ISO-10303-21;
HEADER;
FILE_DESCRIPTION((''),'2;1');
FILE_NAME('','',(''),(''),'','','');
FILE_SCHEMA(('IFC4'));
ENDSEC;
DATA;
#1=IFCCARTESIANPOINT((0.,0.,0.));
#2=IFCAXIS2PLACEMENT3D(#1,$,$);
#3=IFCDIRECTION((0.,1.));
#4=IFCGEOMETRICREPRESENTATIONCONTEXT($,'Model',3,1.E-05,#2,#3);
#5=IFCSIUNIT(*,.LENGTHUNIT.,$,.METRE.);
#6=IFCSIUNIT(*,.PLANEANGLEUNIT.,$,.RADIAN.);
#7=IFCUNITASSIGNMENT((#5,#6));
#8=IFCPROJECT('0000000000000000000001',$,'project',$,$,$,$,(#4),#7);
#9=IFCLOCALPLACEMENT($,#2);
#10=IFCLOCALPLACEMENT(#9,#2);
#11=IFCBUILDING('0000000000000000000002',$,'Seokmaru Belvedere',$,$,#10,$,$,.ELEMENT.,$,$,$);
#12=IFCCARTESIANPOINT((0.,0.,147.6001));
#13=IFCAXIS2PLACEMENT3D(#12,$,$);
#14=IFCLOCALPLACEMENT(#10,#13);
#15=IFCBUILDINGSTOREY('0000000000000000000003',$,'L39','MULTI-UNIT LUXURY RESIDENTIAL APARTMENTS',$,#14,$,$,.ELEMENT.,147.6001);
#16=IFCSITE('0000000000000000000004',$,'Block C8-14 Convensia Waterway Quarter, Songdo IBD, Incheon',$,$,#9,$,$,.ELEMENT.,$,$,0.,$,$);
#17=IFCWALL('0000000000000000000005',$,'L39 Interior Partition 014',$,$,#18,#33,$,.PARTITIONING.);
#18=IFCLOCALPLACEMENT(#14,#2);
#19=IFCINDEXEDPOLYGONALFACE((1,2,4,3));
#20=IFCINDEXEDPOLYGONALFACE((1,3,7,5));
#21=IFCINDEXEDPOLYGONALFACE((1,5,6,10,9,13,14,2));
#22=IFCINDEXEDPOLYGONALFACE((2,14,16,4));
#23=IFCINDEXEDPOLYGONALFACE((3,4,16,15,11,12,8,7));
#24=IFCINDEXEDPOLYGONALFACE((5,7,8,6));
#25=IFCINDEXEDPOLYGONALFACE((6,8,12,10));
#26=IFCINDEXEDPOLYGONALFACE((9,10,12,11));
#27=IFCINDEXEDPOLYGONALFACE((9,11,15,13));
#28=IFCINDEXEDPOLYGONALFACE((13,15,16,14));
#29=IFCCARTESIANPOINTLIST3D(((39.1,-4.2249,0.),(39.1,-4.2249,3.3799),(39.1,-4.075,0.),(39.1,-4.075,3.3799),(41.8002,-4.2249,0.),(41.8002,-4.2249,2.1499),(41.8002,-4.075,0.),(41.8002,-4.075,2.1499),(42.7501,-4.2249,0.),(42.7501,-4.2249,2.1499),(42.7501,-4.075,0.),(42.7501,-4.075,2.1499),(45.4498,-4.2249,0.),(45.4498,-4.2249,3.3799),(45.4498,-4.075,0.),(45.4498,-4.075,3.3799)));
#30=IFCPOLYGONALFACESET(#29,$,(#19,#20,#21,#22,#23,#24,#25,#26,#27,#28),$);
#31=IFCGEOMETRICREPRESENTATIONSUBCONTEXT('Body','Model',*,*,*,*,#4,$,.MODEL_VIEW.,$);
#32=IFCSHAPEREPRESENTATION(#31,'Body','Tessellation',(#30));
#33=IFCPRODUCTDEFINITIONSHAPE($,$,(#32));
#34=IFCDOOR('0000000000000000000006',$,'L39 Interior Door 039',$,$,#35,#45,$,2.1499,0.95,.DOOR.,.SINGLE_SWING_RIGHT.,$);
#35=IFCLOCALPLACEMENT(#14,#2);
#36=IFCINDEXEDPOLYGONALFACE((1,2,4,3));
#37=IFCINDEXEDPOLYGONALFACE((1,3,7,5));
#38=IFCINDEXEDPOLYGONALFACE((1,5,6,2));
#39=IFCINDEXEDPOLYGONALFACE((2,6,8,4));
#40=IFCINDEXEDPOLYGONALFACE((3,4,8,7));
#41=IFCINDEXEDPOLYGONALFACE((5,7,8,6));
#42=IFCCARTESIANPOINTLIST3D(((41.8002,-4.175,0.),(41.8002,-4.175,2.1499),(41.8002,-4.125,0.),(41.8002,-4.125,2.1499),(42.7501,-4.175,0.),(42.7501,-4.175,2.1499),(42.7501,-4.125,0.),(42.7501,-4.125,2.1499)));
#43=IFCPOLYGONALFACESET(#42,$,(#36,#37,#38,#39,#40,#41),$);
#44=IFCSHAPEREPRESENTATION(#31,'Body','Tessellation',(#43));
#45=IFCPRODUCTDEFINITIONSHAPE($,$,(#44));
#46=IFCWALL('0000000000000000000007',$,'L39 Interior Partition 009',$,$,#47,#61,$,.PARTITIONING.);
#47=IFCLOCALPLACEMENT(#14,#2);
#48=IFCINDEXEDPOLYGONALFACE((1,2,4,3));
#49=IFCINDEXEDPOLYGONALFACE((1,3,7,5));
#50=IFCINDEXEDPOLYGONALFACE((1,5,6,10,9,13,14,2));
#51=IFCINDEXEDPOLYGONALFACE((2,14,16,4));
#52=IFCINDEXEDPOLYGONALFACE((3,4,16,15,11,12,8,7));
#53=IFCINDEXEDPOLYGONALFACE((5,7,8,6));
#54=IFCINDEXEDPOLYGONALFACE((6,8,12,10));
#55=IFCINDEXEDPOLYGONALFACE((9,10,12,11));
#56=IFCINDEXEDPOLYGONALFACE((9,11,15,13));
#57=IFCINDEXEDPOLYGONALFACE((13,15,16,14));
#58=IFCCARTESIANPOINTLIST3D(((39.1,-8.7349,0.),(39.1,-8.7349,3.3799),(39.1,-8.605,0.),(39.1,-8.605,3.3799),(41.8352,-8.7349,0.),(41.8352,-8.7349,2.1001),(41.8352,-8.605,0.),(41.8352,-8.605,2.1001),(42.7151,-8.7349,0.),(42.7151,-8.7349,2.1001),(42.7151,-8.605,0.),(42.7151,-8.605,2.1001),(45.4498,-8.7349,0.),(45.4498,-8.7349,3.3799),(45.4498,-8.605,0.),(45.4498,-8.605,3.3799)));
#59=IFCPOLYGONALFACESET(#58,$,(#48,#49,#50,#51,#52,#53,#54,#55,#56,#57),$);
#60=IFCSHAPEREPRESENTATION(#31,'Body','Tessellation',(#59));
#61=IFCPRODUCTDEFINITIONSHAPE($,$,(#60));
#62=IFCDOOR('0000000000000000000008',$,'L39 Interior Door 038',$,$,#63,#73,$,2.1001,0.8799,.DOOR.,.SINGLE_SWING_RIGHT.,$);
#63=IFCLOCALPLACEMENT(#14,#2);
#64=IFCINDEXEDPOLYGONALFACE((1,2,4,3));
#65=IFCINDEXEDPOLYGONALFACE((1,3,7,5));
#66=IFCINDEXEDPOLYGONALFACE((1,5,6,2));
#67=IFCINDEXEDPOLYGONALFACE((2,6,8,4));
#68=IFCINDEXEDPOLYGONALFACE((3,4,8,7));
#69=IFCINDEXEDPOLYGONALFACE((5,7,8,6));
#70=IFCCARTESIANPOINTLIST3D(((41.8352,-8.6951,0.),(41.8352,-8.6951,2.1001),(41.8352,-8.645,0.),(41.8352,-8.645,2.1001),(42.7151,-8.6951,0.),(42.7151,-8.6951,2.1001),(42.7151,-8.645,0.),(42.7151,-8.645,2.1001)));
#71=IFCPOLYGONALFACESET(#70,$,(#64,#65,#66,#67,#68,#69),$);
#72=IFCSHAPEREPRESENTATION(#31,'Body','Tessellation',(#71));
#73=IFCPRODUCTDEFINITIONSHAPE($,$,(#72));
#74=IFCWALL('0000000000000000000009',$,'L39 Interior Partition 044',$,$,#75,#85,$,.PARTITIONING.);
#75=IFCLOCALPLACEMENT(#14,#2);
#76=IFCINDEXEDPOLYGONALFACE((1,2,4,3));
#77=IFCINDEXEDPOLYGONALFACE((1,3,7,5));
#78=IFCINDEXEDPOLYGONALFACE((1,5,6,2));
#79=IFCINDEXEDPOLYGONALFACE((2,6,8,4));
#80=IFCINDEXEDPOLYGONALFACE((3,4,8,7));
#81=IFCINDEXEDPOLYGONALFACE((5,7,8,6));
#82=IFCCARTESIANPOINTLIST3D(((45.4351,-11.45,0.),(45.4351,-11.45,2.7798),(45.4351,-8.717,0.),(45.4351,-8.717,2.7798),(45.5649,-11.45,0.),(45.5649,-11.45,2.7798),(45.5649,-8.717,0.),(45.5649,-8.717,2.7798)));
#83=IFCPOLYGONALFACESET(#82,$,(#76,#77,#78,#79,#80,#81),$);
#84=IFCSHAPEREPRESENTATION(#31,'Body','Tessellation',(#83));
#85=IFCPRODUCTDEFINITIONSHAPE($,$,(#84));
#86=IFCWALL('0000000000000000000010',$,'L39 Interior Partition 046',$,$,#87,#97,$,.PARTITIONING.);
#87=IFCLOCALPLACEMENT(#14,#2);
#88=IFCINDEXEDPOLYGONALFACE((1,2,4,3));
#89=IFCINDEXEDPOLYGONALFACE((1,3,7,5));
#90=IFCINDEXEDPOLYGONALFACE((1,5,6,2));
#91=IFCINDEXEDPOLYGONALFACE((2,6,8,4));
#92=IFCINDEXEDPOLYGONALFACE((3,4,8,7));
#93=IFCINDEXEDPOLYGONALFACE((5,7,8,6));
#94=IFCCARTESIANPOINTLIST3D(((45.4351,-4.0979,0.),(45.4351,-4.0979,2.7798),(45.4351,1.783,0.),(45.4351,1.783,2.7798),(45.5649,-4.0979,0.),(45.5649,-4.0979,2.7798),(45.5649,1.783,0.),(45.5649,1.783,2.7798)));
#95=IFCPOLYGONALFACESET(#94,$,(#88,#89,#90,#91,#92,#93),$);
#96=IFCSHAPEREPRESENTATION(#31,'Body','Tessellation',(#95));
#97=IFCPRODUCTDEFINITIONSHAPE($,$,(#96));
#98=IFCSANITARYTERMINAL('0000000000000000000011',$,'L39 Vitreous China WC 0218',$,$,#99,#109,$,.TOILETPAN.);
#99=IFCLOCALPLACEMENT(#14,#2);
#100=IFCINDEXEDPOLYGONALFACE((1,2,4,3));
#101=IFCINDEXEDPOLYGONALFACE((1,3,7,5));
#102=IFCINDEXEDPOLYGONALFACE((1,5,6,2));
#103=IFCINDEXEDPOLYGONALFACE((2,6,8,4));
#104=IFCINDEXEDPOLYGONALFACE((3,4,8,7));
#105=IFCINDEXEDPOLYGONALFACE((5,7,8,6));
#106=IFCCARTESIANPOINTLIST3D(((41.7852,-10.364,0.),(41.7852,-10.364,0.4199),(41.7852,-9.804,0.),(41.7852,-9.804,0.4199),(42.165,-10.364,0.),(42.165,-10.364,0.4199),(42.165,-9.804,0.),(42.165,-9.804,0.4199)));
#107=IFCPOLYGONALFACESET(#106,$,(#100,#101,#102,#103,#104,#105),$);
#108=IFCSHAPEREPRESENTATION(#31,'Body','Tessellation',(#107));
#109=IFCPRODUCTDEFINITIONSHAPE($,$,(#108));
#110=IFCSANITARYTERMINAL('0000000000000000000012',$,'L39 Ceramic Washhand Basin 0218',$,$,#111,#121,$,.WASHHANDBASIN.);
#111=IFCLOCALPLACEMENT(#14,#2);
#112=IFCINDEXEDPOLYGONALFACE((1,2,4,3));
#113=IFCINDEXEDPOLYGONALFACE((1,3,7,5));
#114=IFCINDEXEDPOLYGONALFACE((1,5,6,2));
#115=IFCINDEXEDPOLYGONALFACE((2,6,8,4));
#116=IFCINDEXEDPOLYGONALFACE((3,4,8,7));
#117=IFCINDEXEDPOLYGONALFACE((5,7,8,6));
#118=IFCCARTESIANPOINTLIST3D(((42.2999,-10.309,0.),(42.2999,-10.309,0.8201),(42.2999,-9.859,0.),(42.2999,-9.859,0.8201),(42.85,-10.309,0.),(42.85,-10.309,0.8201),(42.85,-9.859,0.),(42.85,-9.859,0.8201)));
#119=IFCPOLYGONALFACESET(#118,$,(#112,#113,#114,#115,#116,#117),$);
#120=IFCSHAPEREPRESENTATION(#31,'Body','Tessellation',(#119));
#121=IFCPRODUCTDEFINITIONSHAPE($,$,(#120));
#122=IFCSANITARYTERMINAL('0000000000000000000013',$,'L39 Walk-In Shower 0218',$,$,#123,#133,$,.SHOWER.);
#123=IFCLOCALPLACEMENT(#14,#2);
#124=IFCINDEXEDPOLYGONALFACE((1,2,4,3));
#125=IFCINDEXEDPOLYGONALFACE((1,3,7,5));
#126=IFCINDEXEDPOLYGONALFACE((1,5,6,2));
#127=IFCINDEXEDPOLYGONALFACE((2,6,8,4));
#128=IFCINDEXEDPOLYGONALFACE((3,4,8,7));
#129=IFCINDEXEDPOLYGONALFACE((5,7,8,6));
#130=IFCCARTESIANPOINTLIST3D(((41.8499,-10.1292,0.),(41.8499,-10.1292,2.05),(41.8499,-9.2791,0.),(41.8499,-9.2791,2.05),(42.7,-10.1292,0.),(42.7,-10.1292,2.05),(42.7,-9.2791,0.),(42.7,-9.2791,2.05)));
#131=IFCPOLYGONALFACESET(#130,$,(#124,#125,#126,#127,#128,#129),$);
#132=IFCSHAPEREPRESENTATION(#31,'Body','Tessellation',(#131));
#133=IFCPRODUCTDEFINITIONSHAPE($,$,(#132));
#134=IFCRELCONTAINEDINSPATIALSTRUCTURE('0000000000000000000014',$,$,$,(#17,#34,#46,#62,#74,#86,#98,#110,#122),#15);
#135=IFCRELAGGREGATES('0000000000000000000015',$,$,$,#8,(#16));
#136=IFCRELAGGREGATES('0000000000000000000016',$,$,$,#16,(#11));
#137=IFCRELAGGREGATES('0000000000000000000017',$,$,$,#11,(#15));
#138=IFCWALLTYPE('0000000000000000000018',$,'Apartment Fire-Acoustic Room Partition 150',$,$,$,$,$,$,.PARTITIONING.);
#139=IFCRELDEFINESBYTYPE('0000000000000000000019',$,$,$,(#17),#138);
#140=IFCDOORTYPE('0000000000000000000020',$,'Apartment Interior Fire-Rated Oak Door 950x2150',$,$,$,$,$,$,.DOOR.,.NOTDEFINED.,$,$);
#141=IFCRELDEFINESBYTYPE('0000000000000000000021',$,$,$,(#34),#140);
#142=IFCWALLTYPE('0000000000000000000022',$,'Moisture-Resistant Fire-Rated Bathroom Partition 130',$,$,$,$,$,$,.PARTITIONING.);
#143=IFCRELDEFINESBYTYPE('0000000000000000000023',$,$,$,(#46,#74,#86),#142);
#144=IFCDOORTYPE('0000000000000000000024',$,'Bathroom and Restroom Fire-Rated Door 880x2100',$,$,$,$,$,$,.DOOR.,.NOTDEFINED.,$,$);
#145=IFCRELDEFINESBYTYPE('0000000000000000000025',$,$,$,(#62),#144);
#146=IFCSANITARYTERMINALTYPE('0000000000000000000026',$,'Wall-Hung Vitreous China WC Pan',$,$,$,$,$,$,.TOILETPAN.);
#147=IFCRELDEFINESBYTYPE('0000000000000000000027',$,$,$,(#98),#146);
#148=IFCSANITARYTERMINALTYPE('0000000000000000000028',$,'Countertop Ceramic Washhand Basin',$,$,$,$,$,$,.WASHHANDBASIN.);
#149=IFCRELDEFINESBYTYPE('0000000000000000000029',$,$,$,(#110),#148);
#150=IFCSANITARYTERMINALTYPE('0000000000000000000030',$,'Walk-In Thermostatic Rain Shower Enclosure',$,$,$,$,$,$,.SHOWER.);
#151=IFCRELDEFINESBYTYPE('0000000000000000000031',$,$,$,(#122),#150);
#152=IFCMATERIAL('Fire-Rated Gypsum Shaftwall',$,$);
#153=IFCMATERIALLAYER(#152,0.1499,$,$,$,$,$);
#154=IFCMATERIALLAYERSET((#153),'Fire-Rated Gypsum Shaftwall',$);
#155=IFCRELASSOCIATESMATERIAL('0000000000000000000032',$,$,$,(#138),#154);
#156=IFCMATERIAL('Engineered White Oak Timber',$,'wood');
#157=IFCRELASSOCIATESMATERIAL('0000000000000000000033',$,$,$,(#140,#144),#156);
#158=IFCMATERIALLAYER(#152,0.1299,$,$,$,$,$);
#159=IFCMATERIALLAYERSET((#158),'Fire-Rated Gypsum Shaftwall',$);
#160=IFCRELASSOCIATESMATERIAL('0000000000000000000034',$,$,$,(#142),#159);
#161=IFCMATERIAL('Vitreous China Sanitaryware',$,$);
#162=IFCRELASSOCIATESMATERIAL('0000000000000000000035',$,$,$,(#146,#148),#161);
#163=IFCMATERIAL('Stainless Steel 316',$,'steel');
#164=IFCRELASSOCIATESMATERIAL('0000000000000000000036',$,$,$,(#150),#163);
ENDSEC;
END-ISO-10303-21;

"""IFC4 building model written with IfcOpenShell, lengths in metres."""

from ifc_helpers import new_model, si_unit, direction, frame, frame_2d, origin, origin_2d, place, context, subcontext, project, spatial, rectangle, extrude, source, transform, mapped, material, layer, layer_set, type_object, type_shapes, element, fill, save


model = new_model("IFC4")

# Units and contexts
model_context = context("Model", 3, precision=1e-05, world=origin(), true_north=direction((0.0, 1.0)))
body_context = subcontext(model_context, "Body", "Model", "MODEL_VIEW")
ifc_project = project(units=[si_unit("LENGTHUNIT", "METRE"), si_unit("PLANEANGLEUNIT", "RADIAN")], contexts=[model_context])

# Site, building, storey
site_placement = place(None, origin())
site = spatial("IfcSite", under=ifc_project, at=site_placement, Name="Block C8-14 Convensia Waterway Quarter, Songdo IBD, Incheon", CompositionType="ELEMENT", RefElevation=0.0)
building_placement = place(site_placement, origin())
building = spatial("IfcBuilding", under=site, at=building_placement, Name="Seokmaru Belvedere", CompositionType="ELEMENT")
storey_placement = place(building_placement, frame((0.0, 0.0, 147.6001)))
storey = spatial("IfcBuildingStorey", under=building, at=storey_placement, Name="L39", Description="MULTI-UNIT LUXURY RESIDENTIAL APARTMENTS", CompositionType="ELEMENT", Elevation=147.6001)

# Walls, openings, doors
ifc_material_1 = material(Name="Fire-Rated Gypsum Shaftwall")
ifc_layer_1 = layer(ifc_material_1, 0.1499)
ifc_layer_set_1 = layer_set([ifc_layer_1], Name="Fire-Rated Gypsum Shaftwall")
wall_type_1 = type_object("IfcWallType", Name="Apartment Fire-Acoustic Room Partition 150", PredefinedType="PARTITIONING", material=ifc_layer_set_1)
ifc_material_2 = material(Name="Engineered White Oak Timber", Category="wood")
door_type_1 = type_object("IfcDoorType", Name="Apartment Interior Fire-Rated Oak Door 950x2150", OperationType="NOTDEFINED", PredefinedType="DOOR", material=ifc_material_2)
shared_shape_1 = source(origin(), body_context, "Body", "SweptSolid", [
    extrude(rectangle(XDim=0.95, YDim=2.1499, at=frame_2d((0.4751, 1.075))), frame((0.0, 0.0249, 0.0), z_axis=(0.0, -1.0, 0.0), x_axis=(1.0, 0.0, 0.0)), (0.0, 0.0, 1.0), 0.05),
])
type_shapes(door_type_1, [shared_shape_1])
wall_1_placement = place(storey_placement, frame((39.1001, -4.1499, 0.0), z_axis=(0.0, 0.0, 1.0), x_axis=(1.0, 0.0, 0.0)))
wall_1 = element("IfcWall", 1, at=wall_1_placement, inside=storey, type_object=wall_type_1, Name="L39 Interior Partition 014", PredefinedType="PARTITIONING", context=body_context, shape_type="SweptSolid", body=[
    extrude(rectangle(XDim=6.3499, YDim=0.1499, at=frame_2d((3.1748, 0.0))), origin(), (0.0, 0.0, 1.0), 3.3799),
])
opening_1_placement = place(wall_1_placement, frame((2.7, 0.0, 0.0)))
opening_1 = element("IfcOpeningElement", 2, at=opening_1_placement, cuts=wall_1, PredefinedType="OPENING", context=body_context, shape_type="SweptSolid", body=[
    extrude(rectangle(XDim=0.95, YDim=2.1499, at=frame_2d((0.4751, 1.075))), frame((0.0, 0.085, 0.0), z_axis=(0.0, -1.0, 0.0), x_axis=(1.0, 0.0, 0.0)), (0.0, 0.0, 1.0), 0.1699),
])
door_1_placement = place(opening_1_placement, origin())
door_1 = element("IfcDoor", 3, at=door_1_placement, inside=storey, type_object=door_type_1, Name="L39 Interior Door 039", OperationType="SINGLE_SWING_RIGHT", OverallHeight=2.1499, OverallWidth=0.95, PredefinedType="DOOR", context=body_context, shape_type="MappedRepresentation", body=[
    mapped(shared_shape_1, transform((0.0, 0.0, 0.0), scale=1.0)),
])
fill(opening_1, door_1)
ifc_layer_2 = layer(ifc_material_1, 0.1299)
ifc_layer_set_2 = layer_set([ifc_layer_2], Name="Fire-Rated Gypsum Shaftwall")
wall_type_2 = type_object("IfcWallType", Name="Moisture-Resistant Fire-Rated Bathroom Partition 130", PredefinedType="PARTITIONING", material=ifc_layer_set_2)
wall_2_placement = place(storey_placement, frame((39.1001, -8.6699, 0.0), z_axis=(0.0, 0.0, 1.0), x_axis=(1.0, 0.0, 0.0)))
wall_2 = element("IfcWall", 4, at=wall_2_placement, inside=storey, type_object=wall_type_2, Name="L39 Interior Partition 009", PredefinedType="PARTITIONING", context=body_context, shape_type="SweptSolid", body=[
    extrude(rectangle(XDim=6.3499, YDim=0.1299, at=frame_2d((3.1748, 0.0))), origin(), (0.0, 0.0, 1.0), 3.3799),
])
opening_2_placement = place(wall_2_placement, frame((2.7351, 0.0, 0.0)))
opening_2 = element("IfcOpeningElement", 5, at=opening_2_placement, cuts=wall_2, PredefinedType="OPENING", context=body_context, shape_type="SweptSolid", body=[
    extrude(rectangle(XDim=0.8799, YDim=2.1001, at=frame_2d((0.4399, 1.05))), frame((0.0, 0.075, 0.0), z_axis=(0.0, -1.0, 0.0), x_axis=(1.0, 0.0, 0.0)), (0.0, 0.0, 1.0), 0.1499),
])
door_type_2 = type_object("IfcDoorType", Name="Bathroom and Restroom Fire-Rated Door 880x2100", OperationType="NOTDEFINED", PredefinedType="DOOR", material=ifc_material_2)
shared_shape_2 = source(origin(), body_context, "Body", "SweptSolid", [
    extrude(rectangle(XDim=0.8799, YDim=2.1001, at=frame_2d((0.4399, 1.05))), frame((0.0, 0.0249, 0.0), z_axis=(0.0, -1.0, 0.0), x_axis=(1.0, 0.0, 0.0)), (0.0, 0.0, 1.0), 0.05),
])
type_shapes(door_type_2, [shared_shape_2])
door_2_placement = place(opening_2_placement, origin())
door_2 = element("IfcDoor", 6, at=door_2_placement, inside=storey, type_object=door_type_2, Name="L39 Interior Door 038", OperationType="SINGLE_SWING_RIGHT", OverallHeight=2.1001, OverallWidth=0.8799, PredefinedType="DOOR", context=body_context, shape_type="MappedRepresentation", body=[
    mapped(shared_shape_2, transform((0.0, 0.0, 0.0), scale=1.0)),
])
fill(opening_2, door_2)

# Walls
wall_3_placement = place(storey_placement, frame((45.5, -11.45, 0.0), z_axis=(0.0, 0.0, 1.0), x_axis=(0.0, 1.0, 0.0)))
element("IfcWall", 7, at=wall_3_placement, inside=storey, type_object=wall_type_2, Name="L39 Interior Partition 044", PredefinedType="PARTITIONING", context=body_context, shape_type="SweptSolid", body=[
    extrude(rectangle(XDim=2.7329, YDim=0.1299, at=frame_2d((1.3665, 0.0))), origin(), (0.0, 0.0, 1.0), 2.7798),
])
wall_4_placement = place(storey_placement, frame((45.5, -4.0979, 0.0), z_axis=(0.0, 0.0, 1.0), x_axis=(0.0, 1.0, 0.0)))
element("IfcWall", 8, at=wall_4_placement, inside=storey, type_object=wall_type_2, Name="L39 Interior Partition 046", PredefinedType="PARTITIONING", context=body_context, shape_type="SweptSolid", body=[
    extrude(rectangle(XDim=5.8809, YDim=0.1299, at=frame_2d((2.9404, 0.0))), origin(), (0.0, 0.0, 1.0), 2.7798),
])

# Sanitary terminals
ifc_material_3 = material(Name="Vitreous China Sanitaryware")
sanitary_terminal_type_1 = type_object("IfcSanitaryTerminalType", Name="Wall-Hung Vitreous China WC Pan", PredefinedType="TOILETPAN", material=ifc_material_3)
shared_shape_3 = source(origin(), body_context, "Body", "SweptSolid", [
    extrude(rectangle(XDim=0.3799, YDim=0.5601, at=origin_2d()), origin(), (0.0, 0.0, 1.0), 0.4199),
])
type_shapes(sanitary_terminal_type_1, [shared_shape_3])
sanitary_terminal_1_placement = place(storey_placement, frame((41.9751, -10.084, 0.0), z_axis=(0.0, 0.0, 1.0), x_axis=(1.0, 0.0, 0.0)))
element("IfcSanitaryTerminal", 9, at=sanitary_terminal_1_placement, inside=storey, type_object=sanitary_terminal_type_1, Name="L39 Vitreous China WC 0218", PredefinedType="TOILETPAN", context=body_context, shape_type="MappedRepresentation", body=[
    mapped(shared_shape_3, transform((0.0, 0.0, 0.0), scale=1.0)),
])
sanitary_terminal_type_2 = type_object("IfcSanitaryTerminalType", Name="Countertop Ceramic Washhand Basin", PredefinedType="WASHHANDBASIN", material=ifc_material_3)
shared_shape_4 = source(origin(), body_context, "Body", "SweptSolid", [
    extrude(rectangle(XDim=0.55, YDim=0.45, at=origin_2d()), origin(), (0.0, 0.0, 1.0), 0.8201),
])
type_shapes(sanitary_terminal_type_2, [shared_shape_4])
sanitary_terminal_2_placement = place(storey_placement, frame((42.575, -10.084, 0.0), z_axis=(0.0, 0.0, 1.0), x_axis=(1.0, 0.0, 0.0)))
element("IfcSanitaryTerminal", 10, at=sanitary_terminal_2_placement, inside=storey, type_object=sanitary_terminal_type_2, Name="L39 Ceramic Washhand Basin 0218", PredefinedType="WASHHANDBASIN", context=body_context, shape_type="MappedRepresentation", body=[
    mapped(shared_shape_4, transform((0.0, 0.0, 0.0), scale=1.0)),
])
ifc_material_4 = material(Name="Stainless Steel 316", Category="steel")
sanitary_terminal_type_3 = type_object("IfcSanitaryTerminalType", Name="Walk-In Thermostatic Rain Shower Enclosure", PredefinedType="SHOWER", material=ifc_material_4)
shared_shape_5 = source(origin(), body_context, "Body", "SweptSolid", [
    extrude(rectangle(XDim=0.8501, YDim=0.8501, at=origin_2d()), origin(), (0.0, 0.0, 1.0), 2.05),
])
type_shapes(sanitary_terminal_type_3, [shared_shape_5])
sanitary_terminal_3_placement = place(storey_placement, frame((42.2749, -9.7041, 0.0), z_axis=(0.0, 0.0, 1.0), x_axis=(1.0, 0.0, 0.0)))
element("IfcSanitaryTerminal", 11, at=sanitary_terminal_3_placement, inside=storey, type_object=sanitary_terminal_type_3, Name="L39 Walk-In Shower 0218", PredefinedType="SHOWER", context=body_context, shape_type="MappedRepresentation", body=[
    mapped(shared_shape_5, transform((0.0, 0.0, 0.0), scale=1.0)),
])

save(model, "model.ifc")
